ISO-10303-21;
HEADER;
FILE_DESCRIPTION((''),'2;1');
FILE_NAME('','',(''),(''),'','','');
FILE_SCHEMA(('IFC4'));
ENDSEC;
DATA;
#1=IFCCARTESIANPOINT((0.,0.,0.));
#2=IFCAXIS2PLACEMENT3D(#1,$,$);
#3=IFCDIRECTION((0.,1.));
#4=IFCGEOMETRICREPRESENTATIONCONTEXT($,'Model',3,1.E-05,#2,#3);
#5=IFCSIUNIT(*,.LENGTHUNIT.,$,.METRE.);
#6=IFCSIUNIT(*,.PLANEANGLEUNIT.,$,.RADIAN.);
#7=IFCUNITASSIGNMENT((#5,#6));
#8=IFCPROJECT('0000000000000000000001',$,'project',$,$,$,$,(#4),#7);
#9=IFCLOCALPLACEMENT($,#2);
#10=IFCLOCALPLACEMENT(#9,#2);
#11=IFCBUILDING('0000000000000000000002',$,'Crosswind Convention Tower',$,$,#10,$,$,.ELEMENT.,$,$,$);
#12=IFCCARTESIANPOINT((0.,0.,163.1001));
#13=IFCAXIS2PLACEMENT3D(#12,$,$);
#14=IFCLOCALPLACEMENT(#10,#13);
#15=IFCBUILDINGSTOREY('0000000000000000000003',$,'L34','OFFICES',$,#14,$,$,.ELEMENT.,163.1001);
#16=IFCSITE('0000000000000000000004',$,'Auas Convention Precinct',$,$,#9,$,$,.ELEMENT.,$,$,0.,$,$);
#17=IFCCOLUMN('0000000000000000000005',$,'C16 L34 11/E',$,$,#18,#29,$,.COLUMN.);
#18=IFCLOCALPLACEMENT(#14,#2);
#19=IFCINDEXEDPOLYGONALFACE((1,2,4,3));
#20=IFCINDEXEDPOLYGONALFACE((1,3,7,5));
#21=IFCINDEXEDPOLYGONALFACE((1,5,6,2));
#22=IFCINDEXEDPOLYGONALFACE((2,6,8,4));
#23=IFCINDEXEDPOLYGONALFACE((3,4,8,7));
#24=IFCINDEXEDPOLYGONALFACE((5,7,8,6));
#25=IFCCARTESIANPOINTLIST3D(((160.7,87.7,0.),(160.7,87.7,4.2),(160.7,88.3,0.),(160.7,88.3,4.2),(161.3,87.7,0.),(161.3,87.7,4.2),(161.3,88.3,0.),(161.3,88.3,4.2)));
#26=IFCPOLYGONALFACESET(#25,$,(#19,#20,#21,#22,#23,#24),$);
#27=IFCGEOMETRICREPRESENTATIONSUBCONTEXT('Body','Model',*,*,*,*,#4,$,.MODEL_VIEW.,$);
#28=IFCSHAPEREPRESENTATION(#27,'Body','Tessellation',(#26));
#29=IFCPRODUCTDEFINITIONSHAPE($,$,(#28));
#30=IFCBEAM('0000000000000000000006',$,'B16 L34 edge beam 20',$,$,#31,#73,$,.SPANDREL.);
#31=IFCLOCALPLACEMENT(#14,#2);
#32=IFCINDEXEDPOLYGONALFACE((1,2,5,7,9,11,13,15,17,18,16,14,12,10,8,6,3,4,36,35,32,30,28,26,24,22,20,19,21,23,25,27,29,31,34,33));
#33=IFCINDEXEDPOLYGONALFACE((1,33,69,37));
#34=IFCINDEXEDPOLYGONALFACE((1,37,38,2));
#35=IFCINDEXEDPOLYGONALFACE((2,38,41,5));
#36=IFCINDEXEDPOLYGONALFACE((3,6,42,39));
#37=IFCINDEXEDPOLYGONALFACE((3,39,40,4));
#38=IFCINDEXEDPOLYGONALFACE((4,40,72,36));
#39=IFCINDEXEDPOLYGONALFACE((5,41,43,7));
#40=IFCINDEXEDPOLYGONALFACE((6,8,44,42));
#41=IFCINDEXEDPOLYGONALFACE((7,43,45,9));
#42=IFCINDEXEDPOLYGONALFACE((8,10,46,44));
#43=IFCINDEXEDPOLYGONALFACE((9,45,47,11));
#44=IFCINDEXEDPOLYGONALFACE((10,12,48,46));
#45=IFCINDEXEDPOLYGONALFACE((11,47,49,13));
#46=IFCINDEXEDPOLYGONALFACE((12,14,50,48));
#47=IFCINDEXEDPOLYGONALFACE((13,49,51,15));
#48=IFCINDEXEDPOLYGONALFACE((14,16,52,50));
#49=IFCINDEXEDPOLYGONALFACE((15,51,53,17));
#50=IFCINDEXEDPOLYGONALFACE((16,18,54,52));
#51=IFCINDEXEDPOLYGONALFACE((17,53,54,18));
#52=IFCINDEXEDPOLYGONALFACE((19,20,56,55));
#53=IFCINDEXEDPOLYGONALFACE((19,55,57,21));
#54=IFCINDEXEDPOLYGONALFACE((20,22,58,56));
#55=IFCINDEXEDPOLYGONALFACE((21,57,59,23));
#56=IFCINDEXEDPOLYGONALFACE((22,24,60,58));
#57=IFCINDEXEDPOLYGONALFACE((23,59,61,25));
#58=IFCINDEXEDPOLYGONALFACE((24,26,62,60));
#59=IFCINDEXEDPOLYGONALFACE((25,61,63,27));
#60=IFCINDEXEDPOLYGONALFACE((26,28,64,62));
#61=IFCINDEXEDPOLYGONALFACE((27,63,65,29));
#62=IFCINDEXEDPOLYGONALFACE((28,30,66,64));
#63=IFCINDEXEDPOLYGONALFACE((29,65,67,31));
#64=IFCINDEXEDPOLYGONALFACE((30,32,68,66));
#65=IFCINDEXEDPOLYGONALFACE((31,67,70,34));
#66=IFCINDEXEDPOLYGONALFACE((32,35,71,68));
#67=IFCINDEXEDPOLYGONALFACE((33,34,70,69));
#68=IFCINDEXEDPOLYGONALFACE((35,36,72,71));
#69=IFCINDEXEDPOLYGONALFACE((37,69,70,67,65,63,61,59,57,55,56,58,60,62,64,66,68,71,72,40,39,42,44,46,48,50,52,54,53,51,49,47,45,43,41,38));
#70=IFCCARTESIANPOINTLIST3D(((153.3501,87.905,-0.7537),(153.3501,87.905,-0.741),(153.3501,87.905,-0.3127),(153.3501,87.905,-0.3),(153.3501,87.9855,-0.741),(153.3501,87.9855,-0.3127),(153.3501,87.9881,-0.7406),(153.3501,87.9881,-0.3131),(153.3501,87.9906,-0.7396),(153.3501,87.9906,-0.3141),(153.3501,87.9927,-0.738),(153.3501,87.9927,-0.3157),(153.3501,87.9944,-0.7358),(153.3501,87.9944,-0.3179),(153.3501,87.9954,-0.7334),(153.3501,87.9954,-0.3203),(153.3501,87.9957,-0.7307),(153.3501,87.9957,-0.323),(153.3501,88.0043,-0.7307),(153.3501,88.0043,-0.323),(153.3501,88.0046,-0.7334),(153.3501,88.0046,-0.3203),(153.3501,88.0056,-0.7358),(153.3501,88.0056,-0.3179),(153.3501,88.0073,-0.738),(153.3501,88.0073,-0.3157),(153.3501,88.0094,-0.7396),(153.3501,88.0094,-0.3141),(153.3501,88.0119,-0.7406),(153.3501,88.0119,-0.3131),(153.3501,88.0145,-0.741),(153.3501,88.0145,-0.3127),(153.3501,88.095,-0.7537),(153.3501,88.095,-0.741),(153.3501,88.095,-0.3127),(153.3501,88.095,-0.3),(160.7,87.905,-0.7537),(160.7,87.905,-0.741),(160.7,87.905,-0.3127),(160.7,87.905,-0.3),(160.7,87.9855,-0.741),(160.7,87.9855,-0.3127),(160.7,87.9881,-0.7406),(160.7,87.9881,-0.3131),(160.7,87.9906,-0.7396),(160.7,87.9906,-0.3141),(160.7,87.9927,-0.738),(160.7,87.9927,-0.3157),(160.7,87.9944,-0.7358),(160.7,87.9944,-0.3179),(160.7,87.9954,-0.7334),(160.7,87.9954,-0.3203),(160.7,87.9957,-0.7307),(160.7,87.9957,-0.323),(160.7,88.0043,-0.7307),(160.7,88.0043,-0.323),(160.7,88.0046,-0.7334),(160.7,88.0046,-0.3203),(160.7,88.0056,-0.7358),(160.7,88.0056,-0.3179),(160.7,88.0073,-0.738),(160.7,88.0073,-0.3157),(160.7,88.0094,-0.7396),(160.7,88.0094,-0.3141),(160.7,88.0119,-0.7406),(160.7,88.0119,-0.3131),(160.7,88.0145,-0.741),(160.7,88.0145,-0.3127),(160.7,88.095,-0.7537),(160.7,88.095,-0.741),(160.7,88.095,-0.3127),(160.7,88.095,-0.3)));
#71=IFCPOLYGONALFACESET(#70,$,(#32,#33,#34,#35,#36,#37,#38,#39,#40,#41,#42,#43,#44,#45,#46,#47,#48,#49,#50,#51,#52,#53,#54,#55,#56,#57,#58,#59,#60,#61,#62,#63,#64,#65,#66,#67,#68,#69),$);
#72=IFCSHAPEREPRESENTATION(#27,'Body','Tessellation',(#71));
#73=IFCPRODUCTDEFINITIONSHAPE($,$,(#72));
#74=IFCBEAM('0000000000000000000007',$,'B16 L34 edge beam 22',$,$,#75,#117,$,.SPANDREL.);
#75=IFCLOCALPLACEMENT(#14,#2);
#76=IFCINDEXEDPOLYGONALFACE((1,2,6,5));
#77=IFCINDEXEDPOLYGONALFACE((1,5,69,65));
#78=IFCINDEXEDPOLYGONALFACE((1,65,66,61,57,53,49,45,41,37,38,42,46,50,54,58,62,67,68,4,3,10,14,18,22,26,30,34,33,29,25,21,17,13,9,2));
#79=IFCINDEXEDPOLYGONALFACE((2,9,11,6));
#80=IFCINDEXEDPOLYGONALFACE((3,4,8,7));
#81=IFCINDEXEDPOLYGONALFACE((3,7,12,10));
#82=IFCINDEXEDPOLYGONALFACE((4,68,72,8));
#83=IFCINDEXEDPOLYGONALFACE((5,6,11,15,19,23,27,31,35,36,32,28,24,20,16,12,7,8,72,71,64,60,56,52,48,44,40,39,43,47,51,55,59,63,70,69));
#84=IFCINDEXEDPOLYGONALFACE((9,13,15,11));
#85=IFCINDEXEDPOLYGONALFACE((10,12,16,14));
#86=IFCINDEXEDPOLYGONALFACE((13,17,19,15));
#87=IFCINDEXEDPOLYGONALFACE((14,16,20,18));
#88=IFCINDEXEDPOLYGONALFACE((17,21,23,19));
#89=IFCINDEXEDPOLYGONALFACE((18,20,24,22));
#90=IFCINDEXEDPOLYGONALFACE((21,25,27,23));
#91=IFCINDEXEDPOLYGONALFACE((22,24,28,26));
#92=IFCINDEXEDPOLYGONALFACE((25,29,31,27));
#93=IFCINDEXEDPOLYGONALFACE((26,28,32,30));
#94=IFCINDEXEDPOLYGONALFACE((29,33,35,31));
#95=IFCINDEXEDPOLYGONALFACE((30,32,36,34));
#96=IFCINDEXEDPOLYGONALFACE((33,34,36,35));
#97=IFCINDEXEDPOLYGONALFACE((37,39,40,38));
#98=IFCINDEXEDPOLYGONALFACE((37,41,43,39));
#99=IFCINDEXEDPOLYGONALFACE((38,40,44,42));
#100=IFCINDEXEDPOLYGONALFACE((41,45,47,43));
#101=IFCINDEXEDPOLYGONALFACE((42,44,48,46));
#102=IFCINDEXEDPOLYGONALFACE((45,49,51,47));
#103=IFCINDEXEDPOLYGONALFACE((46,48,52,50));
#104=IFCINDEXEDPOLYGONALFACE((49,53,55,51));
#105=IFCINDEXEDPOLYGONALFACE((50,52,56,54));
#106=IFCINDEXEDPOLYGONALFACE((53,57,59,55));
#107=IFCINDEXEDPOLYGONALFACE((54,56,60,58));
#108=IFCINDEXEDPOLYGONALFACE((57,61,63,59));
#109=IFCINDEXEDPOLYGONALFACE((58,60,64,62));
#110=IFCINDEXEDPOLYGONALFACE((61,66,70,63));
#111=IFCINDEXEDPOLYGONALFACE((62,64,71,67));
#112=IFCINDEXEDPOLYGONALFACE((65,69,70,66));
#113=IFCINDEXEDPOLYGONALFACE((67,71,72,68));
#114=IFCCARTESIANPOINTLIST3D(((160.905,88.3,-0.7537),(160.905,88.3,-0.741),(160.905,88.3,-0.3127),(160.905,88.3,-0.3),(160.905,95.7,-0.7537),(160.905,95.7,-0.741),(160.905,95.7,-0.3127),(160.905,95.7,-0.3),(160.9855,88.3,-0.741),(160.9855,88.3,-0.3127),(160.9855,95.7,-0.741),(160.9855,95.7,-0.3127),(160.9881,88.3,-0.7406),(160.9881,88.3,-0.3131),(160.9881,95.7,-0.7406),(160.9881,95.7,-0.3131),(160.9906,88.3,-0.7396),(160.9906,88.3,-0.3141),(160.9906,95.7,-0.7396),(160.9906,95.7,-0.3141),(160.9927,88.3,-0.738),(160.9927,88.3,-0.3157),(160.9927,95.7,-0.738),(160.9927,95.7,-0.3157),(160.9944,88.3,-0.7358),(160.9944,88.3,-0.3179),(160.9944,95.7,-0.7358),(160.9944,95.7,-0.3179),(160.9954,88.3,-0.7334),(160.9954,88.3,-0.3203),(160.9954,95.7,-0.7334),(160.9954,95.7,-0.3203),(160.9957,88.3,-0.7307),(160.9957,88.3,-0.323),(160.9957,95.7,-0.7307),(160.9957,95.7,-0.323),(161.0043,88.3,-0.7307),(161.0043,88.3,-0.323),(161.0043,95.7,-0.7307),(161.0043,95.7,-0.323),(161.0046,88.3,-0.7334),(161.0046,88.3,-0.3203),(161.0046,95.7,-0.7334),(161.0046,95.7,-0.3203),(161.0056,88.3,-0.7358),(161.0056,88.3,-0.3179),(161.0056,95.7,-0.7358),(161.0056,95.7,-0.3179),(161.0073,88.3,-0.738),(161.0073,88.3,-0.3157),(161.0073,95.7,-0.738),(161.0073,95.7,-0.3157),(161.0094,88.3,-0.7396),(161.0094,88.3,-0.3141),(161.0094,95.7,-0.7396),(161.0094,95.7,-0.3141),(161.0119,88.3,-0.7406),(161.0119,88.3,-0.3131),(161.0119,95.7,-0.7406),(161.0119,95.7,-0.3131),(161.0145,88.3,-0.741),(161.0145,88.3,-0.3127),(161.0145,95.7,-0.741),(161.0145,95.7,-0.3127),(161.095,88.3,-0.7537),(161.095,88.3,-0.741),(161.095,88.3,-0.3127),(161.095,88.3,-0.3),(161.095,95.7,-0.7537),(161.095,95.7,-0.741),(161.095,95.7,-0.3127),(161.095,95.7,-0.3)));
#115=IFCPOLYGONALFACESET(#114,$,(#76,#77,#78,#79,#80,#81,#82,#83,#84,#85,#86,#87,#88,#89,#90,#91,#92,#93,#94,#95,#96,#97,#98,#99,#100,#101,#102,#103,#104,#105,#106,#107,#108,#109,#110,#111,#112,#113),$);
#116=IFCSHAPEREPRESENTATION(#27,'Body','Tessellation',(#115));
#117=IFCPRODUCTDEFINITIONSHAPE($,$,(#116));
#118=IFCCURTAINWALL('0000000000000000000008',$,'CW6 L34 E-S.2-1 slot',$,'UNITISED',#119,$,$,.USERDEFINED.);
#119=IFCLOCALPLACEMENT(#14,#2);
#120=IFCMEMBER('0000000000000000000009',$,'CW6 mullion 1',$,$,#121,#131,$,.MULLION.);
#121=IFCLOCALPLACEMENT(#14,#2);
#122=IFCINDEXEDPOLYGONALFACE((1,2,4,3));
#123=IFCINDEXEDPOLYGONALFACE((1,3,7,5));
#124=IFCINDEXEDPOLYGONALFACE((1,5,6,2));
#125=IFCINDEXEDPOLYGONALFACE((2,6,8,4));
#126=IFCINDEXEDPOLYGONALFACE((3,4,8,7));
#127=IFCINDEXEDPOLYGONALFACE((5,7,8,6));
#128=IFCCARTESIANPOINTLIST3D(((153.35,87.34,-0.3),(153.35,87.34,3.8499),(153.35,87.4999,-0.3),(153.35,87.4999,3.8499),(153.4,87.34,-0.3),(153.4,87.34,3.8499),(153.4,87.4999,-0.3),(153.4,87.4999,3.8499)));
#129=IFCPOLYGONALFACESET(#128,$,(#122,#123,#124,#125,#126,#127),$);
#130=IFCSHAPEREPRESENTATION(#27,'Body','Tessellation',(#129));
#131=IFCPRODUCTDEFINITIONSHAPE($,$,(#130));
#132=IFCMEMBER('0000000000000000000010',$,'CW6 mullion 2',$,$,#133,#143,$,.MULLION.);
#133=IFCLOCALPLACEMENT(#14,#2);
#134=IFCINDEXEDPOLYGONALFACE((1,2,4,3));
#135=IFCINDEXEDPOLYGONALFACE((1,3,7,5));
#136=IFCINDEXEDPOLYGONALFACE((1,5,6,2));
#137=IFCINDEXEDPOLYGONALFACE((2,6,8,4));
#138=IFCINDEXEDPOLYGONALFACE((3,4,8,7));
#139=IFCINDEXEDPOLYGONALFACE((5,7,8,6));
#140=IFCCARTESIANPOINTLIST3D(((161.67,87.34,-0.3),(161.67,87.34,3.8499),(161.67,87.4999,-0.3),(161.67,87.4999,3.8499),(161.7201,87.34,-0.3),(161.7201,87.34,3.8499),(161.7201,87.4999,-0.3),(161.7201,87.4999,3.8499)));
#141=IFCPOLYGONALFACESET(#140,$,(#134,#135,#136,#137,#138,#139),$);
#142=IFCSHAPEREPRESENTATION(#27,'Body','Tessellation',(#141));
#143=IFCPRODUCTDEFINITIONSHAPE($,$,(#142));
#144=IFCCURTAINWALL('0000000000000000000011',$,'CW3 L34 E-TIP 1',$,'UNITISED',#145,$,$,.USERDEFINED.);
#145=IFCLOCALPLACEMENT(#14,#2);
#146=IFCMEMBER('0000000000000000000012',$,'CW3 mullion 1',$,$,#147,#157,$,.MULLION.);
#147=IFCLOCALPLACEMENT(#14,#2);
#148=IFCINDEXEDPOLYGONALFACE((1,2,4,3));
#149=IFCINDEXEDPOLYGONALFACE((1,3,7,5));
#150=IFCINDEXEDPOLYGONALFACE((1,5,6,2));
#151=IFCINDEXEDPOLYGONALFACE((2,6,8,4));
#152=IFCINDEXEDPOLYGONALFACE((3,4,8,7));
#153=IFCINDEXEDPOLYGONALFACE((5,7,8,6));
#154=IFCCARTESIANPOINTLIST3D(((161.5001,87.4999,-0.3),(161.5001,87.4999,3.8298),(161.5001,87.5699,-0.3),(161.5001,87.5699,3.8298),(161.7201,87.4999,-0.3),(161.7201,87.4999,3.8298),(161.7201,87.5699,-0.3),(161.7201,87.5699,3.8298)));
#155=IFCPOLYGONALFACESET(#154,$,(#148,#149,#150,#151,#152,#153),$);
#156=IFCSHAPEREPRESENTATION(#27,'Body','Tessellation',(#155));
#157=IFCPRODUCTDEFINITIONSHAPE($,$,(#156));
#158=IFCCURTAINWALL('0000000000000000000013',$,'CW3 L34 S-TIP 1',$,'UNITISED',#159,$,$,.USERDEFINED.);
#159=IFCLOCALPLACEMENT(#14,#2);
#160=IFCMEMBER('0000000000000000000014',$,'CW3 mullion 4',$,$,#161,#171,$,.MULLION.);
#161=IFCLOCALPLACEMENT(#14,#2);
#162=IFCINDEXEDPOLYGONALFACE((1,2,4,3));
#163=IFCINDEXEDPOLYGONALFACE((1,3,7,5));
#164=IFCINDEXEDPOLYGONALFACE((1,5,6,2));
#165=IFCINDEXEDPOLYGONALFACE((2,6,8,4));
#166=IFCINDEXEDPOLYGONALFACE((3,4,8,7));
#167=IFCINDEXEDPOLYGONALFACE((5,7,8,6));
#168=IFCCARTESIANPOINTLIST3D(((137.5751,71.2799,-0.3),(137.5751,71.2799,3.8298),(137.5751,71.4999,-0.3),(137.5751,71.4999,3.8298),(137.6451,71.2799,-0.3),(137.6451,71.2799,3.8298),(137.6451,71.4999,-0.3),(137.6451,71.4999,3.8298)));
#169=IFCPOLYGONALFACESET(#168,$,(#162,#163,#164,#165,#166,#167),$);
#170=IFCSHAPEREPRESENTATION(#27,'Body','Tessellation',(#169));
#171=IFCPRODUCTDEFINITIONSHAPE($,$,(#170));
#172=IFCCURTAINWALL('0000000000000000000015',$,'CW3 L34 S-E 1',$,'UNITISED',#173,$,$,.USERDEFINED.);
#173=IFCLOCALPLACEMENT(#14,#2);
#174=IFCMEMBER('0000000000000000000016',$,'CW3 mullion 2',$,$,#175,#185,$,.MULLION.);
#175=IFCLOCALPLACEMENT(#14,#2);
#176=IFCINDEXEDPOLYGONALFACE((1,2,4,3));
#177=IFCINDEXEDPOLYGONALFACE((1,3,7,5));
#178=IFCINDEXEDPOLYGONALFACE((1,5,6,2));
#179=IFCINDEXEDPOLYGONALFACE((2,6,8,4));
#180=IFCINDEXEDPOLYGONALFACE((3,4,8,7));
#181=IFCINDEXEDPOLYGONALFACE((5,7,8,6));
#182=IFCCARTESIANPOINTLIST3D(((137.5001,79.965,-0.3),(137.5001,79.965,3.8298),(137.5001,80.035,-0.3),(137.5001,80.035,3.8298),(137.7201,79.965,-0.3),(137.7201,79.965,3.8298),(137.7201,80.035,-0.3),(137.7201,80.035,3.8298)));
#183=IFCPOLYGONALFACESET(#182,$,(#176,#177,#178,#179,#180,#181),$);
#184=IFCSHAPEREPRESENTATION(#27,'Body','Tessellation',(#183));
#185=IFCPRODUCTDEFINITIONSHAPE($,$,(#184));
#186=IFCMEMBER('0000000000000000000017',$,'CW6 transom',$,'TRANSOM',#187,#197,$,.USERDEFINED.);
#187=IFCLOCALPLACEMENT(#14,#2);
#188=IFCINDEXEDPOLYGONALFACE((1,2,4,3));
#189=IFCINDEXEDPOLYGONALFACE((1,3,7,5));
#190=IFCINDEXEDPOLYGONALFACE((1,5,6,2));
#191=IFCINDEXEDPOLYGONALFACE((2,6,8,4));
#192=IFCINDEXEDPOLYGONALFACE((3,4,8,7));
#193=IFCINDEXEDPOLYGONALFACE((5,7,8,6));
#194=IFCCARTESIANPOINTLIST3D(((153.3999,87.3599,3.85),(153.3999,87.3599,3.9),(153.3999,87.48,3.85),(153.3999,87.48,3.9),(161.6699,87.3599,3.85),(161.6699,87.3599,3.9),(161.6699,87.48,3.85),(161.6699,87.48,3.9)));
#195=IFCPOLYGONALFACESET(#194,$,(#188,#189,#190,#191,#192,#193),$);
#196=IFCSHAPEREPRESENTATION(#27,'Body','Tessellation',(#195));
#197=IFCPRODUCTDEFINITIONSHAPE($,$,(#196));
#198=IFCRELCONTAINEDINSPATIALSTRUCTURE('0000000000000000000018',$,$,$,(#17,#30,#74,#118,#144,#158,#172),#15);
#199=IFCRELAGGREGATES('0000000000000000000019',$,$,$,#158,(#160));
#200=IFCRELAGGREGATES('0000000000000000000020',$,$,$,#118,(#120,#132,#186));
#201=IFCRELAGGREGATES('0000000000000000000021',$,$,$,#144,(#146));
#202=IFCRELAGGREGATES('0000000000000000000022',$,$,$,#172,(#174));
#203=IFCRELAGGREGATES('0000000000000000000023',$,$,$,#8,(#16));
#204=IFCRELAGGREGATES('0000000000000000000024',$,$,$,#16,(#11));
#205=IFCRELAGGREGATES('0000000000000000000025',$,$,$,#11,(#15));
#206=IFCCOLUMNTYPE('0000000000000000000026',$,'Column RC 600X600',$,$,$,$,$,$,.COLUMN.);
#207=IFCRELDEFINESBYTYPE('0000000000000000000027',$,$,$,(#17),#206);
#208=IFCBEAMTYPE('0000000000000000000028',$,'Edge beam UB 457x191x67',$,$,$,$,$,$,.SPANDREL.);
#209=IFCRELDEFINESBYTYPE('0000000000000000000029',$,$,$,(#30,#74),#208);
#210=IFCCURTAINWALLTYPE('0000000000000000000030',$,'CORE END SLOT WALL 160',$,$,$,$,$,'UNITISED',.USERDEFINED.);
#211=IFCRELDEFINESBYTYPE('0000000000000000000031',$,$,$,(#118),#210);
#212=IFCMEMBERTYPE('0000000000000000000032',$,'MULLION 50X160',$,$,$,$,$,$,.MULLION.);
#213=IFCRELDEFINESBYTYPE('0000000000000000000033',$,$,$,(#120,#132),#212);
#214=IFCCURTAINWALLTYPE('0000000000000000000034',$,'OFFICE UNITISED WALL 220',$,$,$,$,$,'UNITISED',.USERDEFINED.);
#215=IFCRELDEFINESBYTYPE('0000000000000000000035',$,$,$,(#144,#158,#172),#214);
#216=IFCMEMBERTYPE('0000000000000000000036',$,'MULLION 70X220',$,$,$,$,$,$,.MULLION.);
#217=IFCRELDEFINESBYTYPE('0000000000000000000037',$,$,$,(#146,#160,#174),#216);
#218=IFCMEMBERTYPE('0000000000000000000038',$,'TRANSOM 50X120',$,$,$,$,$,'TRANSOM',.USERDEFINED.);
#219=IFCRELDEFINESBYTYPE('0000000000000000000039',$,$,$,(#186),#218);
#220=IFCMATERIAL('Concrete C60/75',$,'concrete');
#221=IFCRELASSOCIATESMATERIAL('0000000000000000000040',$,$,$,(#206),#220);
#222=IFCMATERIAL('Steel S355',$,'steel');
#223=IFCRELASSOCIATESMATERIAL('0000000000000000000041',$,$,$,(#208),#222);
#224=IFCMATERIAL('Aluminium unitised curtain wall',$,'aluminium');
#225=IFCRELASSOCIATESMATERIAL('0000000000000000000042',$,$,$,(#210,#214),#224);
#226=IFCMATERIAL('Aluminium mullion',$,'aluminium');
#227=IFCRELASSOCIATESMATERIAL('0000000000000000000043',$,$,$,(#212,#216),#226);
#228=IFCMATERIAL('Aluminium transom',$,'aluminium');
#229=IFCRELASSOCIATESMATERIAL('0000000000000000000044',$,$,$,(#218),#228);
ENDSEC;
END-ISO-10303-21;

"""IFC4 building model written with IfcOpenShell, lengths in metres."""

from ifc_helpers import new_model, si_unit, direction, frame, origin, origin_2d, place, context, subcontext, project, spatial, rectangle, i_section, extrude, material, material_profile, profile_set, type_object, element, aggregate, save


model = new_model("IFC4")

# Units and contexts
model_context = context("Model", 3, precision=1e-05, world=origin(), true_north=direction((0.0, 1.0)))
body_context = subcontext(model_context, "Body", "Model", "MODEL_VIEW")
ifc_project = project(units=[si_unit("LENGTHUNIT", "METRE"), si_unit("PLANEANGLEUNIT", "RADIAN")], contexts=[model_context])

# Site, building, storey
site_placement = place(None, origin())
site = spatial("IfcSite", under=ifc_project, at=site_placement, Name="Auas Convention Precinct", CompositionType="ELEMENT", RefElevation=0.0)
building_placement = place(site_placement, origin())
building = spatial("IfcBuilding", under=site, at=building_placement, Name="Crosswind Convention Tower", CompositionType="ELEMENT")
storey_placement = place(building_placement, frame((0.0, 0.0, 163.1001)))
storey = spatial("IfcBuildingStorey", under=building, at=storey_placement, Name="L34", Description="OFFICES", CompositionType="ELEMENT", Elevation=163.1001)

# Column
ifc_material_1 = material(Name="Concrete C60/75", Category="concrete")
ifc_material_profile_1 = material_profile(ifc_material_1, rectangle(XDim=0.6001, YDim=0.6001, at=origin_2d()), Name="RC 600X600")
ifc_profile_set_1 = profile_set([ifc_material_profile_1], Name="Concrete C60/75")
column_type = type_object("IfcColumnType", Name="Column RC 600X600", PredefinedType="COLUMN", material=ifc_profile_set_1)
column_placement = place(storey_placement, frame((161.0, 88.0, 0.0), z_axis=(0.0, 0.0, 1.0), x_axis=(1.0, 0.0, 0.0)))
element("IfcColumn", 1, at=column_placement, inside=storey, type_object=column_type, Name="C16 L34 11/E", PredefinedType="COLUMN", context=body_context, shape_type="SweptSolid", body=[
    extrude(rectangle(XDim=0.6001, YDim=0.6001, at=origin_2d()), origin(), (0.0, 0.0, 1.0), 4.2),
])

# Beams
ifc_material_2 = material(Name="Steel S355", Category="steel")
ifc_material_profile_2 = material_profile(ifc_material_2, i_section(OverallWidth=0.1899, OverallDepth=0.4536, WebThickness=0.0085, FlangeThickness=0.0127, FilletRadius=0.0103, at=origin_2d()), Name="UB 457x191x67")
ifc_profile_set_2 = profile_set([ifc_material_profile_2], Name="Steel S355")
beam_type = type_object("IfcBeamType", Name="Edge beam UB 457x191x67", PredefinedType="SPANDREL", material=ifc_profile_set_2)
beam_1_placement = place(storey_placement, frame((153.3501, 88.0, -0.5269), z_axis=(1.0, 0.0, 0.0), x_axis=(0.0, 1.0, 0.0)))
element("IfcBeam", 2, at=beam_1_placement, inside=storey, type_object=beam_type, Name="B16 L34 edge beam 20", PredefinedType="SPANDREL", context=body_context, shape_type="SweptSolid", body=[
    extrude(i_section(OverallWidth=0.1899, OverallDepth=0.4536, WebThickness=0.0085, FlangeThickness=0.0127, FilletRadius=0.0103, at=origin_2d()), origin(), (0.0, 0.0, 1.0), 7.3499),
])
beam_2_placement = place(storey_placement, frame((161.0, 88.3, -0.5269), z_axis=(0.0, 1.0, 0.0), x_axis=(-1.0, 0.0, 0.0)))
element("IfcBeam", 3, at=beam_2_placement, inside=storey, type_object=beam_type, Name="B16 L34 edge beam 22", PredefinedType="SPANDREL", context=body_context, shape_type="SweptSolid", body=[
    extrude(i_section(OverallWidth=0.1899, OverallDepth=0.4536, WebThickness=0.0085, FlangeThickness=0.0127, FilletRadius=0.0103, at=origin_2d()), origin(), (0.0, 0.0, 1.0), 7.3999),
])

# Curtain wall, members
ifc_material_3 = material(Name="Aluminium unitised curtain wall", Category="aluminium")
curtain_wall_type_1 = type_object("IfcCurtainWallType", Name="CORE END SLOT WALL 160", ElementType="UNITISED", PredefinedType="USERDEFINED", material=ifc_material_3)
curtain_wall_1_placement = place(storey_placement, origin())
curtain_wall_1 = element("IfcCurtainWall", 4, at=curtain_wall_1_placement, inside=storey, type_object=curtain_wall_type_1, Name="CW6 L34 E-S.2-1 slot", ObjectType="UNITISED", PredefinedType="USERDEFINED")
ifc_material_4 = material(Name="Aluminium mullion", Category="aluminium")
ifc_material_profile_3 = material_profile(ifc_material_4, rectangle(XDim=0.1599, YDim=0.05, at=origin_2d()), Name="AL 160X50")
ifc_profile_set_3 = profile_set([ifc_material_profile_3], Name="Aluminium mullion")
member_type_1 = type_object("IfcMemberType", Name="MULLION 50X160", PredefinedType="MULLION", material=ifc_profile_set_3)
member_1_placement = place(storey_placement, frame((153.375, 87.4199, -0.3), z_axis=(0.0, 0.0, 1.0), x_axis=(0.0, -1.0, 0.0)))
member_1 = element("IfcMember", 5, at=member_1_placement, type_object=member_type_1, Name="CW6 mullion 1", PredefinedType="MULLION", context=body_context, shape_type="SweptSolid", body=[
    extrude(rectangle(XDim=0.1599, YDim=0.05, at=origin_2d()), origin(), (0.0, 0.0, 1.0), 4.1499),
])
member_2_placement = place(storey_placement, frame((161.6951, 87.4199, -0.3), z_axis=(0.0, 0.0, 1.0), x_axis=(0.0, -1.0, 0.0)))
member_2 = element("IfcMember", 6, at=member_2_placement, type_object=member_type_1, Name="CW6 mullion 2", PredefinedType="MULLION", context=body_context, shape_type="SweptSolid", body=[
    extrude(rectangle(XDim=0.1599, YDim=0.05, at=origin_2d()), origin(), (0.0, 0.0, 1.0), 4.1499),
])

# Curtain walls, members
curtain_wall_type_2 = type_object("IfcCurtainWallType", Name="OFFICE UNITISED WALL 220", ElementType="UNITISED", PredefinedType="USERDEFINED", material=ifc_material_3)
curtain_wall_2_placement = place(storey_placement, origin())
curtain_wall_2 = element("IfcCurtainWall", 7, at=curtain_wall_2_placement, inside=storey, type_object=curtain_wall_type_2, Name="CW3 L34 E-TIP 1", ObjectType="UNITISED", PredefinedType="USERDEFINED")
ifc_material_profile_4 = material_profile(ifc_material_4, rectangle(XDim=0.22, YDim=0.0701, at=origin_2d()), Name="AL 220X70")
ifc_profile_set_4 = profile_set([ifc_material_profile_4], Name="Aluminium mullion")
member_type_2 = type_object("IfcMemberType", Name="MULLION 70X220", PredefinedType="MULLION", material=ifc_profile_set_4)
member_3_placement = place(storey_placement, frame((161.6101, 87.5349, -0.3), z_axis=(0.0, 0.0, 1.0), x_axis=(1.0, 0.0, 0.0)))
member_3 = element("IfcMember", 8, at=member_3_placement, type_object=member_type_2, Name="CW3 mullion 1", PredefinedType="MULLION", context=body_context, shape_type="SweptSolid", body=[
    extrude(rectangle(XDim=0.22, YDim=0.0701, at=origin_2d()), origin(), (0.0, 0.0, 1.0), 4.1299),
])
curtain_wall_3_placement = place(storey_placement, origin())
curtain_wall_3 = element("IfcCurtainWall", 9, at=curtain_wall_3_placement, inside=storey, type_object=curtain_wall_type_2, Name="CW3 L34 S-TIP 1", ObjectType="UNITISED", PredefinedType="USERDEFINED")
member_4_placement = place(storey_placement, frame((137.6101, 71.3899, -0.3), z_axis=(0.0, 0.0, 1.0), x_axis=(0.0, -1.0, 0.0)))
member_4 = element("IfcMember", 10, at=member_4_placement, type_object=member_type_2, Name="CW3 mullion 4", PredefinedType="MULLION", context=body_context, shape_type="SweptSolid", body=[
    extrude(rectangle(XDim=0.22, YDim=0.0701, at=origin_2d()), origin(), (0.0, 0.0, 1.0), 4.1299),
])
aggregate(curtain_wall_3, [member_4])
curtain_wall_4_placement = place(storey_placement, origin())
curtain_wall_4 = element("IfcCurtainWall", 11, at=curtain_wall_4_placement, inside=storey, type_object=curtain_wall_type_2, Name="CW3 L34 S-E 1", ObjectType="UNITISED", PredefinedType="USERDEFINED")
member_5_placement = place(storey_placement, frame((137.6101, 80.0, -0.3), z_axis=(0.0, 0.0, 1.0), x_axis=(1.0, 0.0, 0.0)))
member_5 = element("IfcMember", 12, at=member_5_placement, type_object=member_type_2, Name="CW3 mullion 2", PredefinedType="MULLION", context=body_context, shape_type="SweptSolid", body=[
    extrude(rectangle(XDim=0.22, YDim=0.0701, at=origin_2d()), origin(), (0.0, 0.0, 1.0), 4.1299),
])

# Member
ifc_material_5 = material(Name="Aluminium transom", Category="aluminium")
ifc_material_profile_5 = material_profile(ifc_material_5, rectangle(XDim=0.1201, YDim=0.05, at=origin_2d()), Name="AL 120X50")
ifc_profile_set_5 = profile_set([ifc_material_profile_5], Name="Aluminium transom")
member_type_3 = type_object("IfcMemberType", Name="TRANSOM 50X120", ElementType="TRANSOM", PredefinedType="USERDEFINED", material=ifc_profile_set_5)
member_6_placement = place(storey_placement, frame((153.3999, 87.4199, 3.875), z_axis=(1.0, 0.0, 0.0), x_axis=(0.0, 1.0, 0.0)))
member_6 = element("IfcMember", 13, at=member_6_placement, type_object=member_type_3, Name="CW6 transom", ObjectType="TRANSOM", PredefinedType="USERDEFINED", context=body_context, shape_type="SweptSolid", body=[
    extrude(rectangle(XDim=0.1201, YDim=0.05, at=origin_2d()), origin(), (0.0, 0.0, 1.0), 8.27),
])

aggregate(curtain_wall_1, [member_1, member_2, member_6])

aggregate(curtain_wall_2, [member_3])
aggregate(curtain_wall_4, [member_5])

save(model, "model.ifc")
